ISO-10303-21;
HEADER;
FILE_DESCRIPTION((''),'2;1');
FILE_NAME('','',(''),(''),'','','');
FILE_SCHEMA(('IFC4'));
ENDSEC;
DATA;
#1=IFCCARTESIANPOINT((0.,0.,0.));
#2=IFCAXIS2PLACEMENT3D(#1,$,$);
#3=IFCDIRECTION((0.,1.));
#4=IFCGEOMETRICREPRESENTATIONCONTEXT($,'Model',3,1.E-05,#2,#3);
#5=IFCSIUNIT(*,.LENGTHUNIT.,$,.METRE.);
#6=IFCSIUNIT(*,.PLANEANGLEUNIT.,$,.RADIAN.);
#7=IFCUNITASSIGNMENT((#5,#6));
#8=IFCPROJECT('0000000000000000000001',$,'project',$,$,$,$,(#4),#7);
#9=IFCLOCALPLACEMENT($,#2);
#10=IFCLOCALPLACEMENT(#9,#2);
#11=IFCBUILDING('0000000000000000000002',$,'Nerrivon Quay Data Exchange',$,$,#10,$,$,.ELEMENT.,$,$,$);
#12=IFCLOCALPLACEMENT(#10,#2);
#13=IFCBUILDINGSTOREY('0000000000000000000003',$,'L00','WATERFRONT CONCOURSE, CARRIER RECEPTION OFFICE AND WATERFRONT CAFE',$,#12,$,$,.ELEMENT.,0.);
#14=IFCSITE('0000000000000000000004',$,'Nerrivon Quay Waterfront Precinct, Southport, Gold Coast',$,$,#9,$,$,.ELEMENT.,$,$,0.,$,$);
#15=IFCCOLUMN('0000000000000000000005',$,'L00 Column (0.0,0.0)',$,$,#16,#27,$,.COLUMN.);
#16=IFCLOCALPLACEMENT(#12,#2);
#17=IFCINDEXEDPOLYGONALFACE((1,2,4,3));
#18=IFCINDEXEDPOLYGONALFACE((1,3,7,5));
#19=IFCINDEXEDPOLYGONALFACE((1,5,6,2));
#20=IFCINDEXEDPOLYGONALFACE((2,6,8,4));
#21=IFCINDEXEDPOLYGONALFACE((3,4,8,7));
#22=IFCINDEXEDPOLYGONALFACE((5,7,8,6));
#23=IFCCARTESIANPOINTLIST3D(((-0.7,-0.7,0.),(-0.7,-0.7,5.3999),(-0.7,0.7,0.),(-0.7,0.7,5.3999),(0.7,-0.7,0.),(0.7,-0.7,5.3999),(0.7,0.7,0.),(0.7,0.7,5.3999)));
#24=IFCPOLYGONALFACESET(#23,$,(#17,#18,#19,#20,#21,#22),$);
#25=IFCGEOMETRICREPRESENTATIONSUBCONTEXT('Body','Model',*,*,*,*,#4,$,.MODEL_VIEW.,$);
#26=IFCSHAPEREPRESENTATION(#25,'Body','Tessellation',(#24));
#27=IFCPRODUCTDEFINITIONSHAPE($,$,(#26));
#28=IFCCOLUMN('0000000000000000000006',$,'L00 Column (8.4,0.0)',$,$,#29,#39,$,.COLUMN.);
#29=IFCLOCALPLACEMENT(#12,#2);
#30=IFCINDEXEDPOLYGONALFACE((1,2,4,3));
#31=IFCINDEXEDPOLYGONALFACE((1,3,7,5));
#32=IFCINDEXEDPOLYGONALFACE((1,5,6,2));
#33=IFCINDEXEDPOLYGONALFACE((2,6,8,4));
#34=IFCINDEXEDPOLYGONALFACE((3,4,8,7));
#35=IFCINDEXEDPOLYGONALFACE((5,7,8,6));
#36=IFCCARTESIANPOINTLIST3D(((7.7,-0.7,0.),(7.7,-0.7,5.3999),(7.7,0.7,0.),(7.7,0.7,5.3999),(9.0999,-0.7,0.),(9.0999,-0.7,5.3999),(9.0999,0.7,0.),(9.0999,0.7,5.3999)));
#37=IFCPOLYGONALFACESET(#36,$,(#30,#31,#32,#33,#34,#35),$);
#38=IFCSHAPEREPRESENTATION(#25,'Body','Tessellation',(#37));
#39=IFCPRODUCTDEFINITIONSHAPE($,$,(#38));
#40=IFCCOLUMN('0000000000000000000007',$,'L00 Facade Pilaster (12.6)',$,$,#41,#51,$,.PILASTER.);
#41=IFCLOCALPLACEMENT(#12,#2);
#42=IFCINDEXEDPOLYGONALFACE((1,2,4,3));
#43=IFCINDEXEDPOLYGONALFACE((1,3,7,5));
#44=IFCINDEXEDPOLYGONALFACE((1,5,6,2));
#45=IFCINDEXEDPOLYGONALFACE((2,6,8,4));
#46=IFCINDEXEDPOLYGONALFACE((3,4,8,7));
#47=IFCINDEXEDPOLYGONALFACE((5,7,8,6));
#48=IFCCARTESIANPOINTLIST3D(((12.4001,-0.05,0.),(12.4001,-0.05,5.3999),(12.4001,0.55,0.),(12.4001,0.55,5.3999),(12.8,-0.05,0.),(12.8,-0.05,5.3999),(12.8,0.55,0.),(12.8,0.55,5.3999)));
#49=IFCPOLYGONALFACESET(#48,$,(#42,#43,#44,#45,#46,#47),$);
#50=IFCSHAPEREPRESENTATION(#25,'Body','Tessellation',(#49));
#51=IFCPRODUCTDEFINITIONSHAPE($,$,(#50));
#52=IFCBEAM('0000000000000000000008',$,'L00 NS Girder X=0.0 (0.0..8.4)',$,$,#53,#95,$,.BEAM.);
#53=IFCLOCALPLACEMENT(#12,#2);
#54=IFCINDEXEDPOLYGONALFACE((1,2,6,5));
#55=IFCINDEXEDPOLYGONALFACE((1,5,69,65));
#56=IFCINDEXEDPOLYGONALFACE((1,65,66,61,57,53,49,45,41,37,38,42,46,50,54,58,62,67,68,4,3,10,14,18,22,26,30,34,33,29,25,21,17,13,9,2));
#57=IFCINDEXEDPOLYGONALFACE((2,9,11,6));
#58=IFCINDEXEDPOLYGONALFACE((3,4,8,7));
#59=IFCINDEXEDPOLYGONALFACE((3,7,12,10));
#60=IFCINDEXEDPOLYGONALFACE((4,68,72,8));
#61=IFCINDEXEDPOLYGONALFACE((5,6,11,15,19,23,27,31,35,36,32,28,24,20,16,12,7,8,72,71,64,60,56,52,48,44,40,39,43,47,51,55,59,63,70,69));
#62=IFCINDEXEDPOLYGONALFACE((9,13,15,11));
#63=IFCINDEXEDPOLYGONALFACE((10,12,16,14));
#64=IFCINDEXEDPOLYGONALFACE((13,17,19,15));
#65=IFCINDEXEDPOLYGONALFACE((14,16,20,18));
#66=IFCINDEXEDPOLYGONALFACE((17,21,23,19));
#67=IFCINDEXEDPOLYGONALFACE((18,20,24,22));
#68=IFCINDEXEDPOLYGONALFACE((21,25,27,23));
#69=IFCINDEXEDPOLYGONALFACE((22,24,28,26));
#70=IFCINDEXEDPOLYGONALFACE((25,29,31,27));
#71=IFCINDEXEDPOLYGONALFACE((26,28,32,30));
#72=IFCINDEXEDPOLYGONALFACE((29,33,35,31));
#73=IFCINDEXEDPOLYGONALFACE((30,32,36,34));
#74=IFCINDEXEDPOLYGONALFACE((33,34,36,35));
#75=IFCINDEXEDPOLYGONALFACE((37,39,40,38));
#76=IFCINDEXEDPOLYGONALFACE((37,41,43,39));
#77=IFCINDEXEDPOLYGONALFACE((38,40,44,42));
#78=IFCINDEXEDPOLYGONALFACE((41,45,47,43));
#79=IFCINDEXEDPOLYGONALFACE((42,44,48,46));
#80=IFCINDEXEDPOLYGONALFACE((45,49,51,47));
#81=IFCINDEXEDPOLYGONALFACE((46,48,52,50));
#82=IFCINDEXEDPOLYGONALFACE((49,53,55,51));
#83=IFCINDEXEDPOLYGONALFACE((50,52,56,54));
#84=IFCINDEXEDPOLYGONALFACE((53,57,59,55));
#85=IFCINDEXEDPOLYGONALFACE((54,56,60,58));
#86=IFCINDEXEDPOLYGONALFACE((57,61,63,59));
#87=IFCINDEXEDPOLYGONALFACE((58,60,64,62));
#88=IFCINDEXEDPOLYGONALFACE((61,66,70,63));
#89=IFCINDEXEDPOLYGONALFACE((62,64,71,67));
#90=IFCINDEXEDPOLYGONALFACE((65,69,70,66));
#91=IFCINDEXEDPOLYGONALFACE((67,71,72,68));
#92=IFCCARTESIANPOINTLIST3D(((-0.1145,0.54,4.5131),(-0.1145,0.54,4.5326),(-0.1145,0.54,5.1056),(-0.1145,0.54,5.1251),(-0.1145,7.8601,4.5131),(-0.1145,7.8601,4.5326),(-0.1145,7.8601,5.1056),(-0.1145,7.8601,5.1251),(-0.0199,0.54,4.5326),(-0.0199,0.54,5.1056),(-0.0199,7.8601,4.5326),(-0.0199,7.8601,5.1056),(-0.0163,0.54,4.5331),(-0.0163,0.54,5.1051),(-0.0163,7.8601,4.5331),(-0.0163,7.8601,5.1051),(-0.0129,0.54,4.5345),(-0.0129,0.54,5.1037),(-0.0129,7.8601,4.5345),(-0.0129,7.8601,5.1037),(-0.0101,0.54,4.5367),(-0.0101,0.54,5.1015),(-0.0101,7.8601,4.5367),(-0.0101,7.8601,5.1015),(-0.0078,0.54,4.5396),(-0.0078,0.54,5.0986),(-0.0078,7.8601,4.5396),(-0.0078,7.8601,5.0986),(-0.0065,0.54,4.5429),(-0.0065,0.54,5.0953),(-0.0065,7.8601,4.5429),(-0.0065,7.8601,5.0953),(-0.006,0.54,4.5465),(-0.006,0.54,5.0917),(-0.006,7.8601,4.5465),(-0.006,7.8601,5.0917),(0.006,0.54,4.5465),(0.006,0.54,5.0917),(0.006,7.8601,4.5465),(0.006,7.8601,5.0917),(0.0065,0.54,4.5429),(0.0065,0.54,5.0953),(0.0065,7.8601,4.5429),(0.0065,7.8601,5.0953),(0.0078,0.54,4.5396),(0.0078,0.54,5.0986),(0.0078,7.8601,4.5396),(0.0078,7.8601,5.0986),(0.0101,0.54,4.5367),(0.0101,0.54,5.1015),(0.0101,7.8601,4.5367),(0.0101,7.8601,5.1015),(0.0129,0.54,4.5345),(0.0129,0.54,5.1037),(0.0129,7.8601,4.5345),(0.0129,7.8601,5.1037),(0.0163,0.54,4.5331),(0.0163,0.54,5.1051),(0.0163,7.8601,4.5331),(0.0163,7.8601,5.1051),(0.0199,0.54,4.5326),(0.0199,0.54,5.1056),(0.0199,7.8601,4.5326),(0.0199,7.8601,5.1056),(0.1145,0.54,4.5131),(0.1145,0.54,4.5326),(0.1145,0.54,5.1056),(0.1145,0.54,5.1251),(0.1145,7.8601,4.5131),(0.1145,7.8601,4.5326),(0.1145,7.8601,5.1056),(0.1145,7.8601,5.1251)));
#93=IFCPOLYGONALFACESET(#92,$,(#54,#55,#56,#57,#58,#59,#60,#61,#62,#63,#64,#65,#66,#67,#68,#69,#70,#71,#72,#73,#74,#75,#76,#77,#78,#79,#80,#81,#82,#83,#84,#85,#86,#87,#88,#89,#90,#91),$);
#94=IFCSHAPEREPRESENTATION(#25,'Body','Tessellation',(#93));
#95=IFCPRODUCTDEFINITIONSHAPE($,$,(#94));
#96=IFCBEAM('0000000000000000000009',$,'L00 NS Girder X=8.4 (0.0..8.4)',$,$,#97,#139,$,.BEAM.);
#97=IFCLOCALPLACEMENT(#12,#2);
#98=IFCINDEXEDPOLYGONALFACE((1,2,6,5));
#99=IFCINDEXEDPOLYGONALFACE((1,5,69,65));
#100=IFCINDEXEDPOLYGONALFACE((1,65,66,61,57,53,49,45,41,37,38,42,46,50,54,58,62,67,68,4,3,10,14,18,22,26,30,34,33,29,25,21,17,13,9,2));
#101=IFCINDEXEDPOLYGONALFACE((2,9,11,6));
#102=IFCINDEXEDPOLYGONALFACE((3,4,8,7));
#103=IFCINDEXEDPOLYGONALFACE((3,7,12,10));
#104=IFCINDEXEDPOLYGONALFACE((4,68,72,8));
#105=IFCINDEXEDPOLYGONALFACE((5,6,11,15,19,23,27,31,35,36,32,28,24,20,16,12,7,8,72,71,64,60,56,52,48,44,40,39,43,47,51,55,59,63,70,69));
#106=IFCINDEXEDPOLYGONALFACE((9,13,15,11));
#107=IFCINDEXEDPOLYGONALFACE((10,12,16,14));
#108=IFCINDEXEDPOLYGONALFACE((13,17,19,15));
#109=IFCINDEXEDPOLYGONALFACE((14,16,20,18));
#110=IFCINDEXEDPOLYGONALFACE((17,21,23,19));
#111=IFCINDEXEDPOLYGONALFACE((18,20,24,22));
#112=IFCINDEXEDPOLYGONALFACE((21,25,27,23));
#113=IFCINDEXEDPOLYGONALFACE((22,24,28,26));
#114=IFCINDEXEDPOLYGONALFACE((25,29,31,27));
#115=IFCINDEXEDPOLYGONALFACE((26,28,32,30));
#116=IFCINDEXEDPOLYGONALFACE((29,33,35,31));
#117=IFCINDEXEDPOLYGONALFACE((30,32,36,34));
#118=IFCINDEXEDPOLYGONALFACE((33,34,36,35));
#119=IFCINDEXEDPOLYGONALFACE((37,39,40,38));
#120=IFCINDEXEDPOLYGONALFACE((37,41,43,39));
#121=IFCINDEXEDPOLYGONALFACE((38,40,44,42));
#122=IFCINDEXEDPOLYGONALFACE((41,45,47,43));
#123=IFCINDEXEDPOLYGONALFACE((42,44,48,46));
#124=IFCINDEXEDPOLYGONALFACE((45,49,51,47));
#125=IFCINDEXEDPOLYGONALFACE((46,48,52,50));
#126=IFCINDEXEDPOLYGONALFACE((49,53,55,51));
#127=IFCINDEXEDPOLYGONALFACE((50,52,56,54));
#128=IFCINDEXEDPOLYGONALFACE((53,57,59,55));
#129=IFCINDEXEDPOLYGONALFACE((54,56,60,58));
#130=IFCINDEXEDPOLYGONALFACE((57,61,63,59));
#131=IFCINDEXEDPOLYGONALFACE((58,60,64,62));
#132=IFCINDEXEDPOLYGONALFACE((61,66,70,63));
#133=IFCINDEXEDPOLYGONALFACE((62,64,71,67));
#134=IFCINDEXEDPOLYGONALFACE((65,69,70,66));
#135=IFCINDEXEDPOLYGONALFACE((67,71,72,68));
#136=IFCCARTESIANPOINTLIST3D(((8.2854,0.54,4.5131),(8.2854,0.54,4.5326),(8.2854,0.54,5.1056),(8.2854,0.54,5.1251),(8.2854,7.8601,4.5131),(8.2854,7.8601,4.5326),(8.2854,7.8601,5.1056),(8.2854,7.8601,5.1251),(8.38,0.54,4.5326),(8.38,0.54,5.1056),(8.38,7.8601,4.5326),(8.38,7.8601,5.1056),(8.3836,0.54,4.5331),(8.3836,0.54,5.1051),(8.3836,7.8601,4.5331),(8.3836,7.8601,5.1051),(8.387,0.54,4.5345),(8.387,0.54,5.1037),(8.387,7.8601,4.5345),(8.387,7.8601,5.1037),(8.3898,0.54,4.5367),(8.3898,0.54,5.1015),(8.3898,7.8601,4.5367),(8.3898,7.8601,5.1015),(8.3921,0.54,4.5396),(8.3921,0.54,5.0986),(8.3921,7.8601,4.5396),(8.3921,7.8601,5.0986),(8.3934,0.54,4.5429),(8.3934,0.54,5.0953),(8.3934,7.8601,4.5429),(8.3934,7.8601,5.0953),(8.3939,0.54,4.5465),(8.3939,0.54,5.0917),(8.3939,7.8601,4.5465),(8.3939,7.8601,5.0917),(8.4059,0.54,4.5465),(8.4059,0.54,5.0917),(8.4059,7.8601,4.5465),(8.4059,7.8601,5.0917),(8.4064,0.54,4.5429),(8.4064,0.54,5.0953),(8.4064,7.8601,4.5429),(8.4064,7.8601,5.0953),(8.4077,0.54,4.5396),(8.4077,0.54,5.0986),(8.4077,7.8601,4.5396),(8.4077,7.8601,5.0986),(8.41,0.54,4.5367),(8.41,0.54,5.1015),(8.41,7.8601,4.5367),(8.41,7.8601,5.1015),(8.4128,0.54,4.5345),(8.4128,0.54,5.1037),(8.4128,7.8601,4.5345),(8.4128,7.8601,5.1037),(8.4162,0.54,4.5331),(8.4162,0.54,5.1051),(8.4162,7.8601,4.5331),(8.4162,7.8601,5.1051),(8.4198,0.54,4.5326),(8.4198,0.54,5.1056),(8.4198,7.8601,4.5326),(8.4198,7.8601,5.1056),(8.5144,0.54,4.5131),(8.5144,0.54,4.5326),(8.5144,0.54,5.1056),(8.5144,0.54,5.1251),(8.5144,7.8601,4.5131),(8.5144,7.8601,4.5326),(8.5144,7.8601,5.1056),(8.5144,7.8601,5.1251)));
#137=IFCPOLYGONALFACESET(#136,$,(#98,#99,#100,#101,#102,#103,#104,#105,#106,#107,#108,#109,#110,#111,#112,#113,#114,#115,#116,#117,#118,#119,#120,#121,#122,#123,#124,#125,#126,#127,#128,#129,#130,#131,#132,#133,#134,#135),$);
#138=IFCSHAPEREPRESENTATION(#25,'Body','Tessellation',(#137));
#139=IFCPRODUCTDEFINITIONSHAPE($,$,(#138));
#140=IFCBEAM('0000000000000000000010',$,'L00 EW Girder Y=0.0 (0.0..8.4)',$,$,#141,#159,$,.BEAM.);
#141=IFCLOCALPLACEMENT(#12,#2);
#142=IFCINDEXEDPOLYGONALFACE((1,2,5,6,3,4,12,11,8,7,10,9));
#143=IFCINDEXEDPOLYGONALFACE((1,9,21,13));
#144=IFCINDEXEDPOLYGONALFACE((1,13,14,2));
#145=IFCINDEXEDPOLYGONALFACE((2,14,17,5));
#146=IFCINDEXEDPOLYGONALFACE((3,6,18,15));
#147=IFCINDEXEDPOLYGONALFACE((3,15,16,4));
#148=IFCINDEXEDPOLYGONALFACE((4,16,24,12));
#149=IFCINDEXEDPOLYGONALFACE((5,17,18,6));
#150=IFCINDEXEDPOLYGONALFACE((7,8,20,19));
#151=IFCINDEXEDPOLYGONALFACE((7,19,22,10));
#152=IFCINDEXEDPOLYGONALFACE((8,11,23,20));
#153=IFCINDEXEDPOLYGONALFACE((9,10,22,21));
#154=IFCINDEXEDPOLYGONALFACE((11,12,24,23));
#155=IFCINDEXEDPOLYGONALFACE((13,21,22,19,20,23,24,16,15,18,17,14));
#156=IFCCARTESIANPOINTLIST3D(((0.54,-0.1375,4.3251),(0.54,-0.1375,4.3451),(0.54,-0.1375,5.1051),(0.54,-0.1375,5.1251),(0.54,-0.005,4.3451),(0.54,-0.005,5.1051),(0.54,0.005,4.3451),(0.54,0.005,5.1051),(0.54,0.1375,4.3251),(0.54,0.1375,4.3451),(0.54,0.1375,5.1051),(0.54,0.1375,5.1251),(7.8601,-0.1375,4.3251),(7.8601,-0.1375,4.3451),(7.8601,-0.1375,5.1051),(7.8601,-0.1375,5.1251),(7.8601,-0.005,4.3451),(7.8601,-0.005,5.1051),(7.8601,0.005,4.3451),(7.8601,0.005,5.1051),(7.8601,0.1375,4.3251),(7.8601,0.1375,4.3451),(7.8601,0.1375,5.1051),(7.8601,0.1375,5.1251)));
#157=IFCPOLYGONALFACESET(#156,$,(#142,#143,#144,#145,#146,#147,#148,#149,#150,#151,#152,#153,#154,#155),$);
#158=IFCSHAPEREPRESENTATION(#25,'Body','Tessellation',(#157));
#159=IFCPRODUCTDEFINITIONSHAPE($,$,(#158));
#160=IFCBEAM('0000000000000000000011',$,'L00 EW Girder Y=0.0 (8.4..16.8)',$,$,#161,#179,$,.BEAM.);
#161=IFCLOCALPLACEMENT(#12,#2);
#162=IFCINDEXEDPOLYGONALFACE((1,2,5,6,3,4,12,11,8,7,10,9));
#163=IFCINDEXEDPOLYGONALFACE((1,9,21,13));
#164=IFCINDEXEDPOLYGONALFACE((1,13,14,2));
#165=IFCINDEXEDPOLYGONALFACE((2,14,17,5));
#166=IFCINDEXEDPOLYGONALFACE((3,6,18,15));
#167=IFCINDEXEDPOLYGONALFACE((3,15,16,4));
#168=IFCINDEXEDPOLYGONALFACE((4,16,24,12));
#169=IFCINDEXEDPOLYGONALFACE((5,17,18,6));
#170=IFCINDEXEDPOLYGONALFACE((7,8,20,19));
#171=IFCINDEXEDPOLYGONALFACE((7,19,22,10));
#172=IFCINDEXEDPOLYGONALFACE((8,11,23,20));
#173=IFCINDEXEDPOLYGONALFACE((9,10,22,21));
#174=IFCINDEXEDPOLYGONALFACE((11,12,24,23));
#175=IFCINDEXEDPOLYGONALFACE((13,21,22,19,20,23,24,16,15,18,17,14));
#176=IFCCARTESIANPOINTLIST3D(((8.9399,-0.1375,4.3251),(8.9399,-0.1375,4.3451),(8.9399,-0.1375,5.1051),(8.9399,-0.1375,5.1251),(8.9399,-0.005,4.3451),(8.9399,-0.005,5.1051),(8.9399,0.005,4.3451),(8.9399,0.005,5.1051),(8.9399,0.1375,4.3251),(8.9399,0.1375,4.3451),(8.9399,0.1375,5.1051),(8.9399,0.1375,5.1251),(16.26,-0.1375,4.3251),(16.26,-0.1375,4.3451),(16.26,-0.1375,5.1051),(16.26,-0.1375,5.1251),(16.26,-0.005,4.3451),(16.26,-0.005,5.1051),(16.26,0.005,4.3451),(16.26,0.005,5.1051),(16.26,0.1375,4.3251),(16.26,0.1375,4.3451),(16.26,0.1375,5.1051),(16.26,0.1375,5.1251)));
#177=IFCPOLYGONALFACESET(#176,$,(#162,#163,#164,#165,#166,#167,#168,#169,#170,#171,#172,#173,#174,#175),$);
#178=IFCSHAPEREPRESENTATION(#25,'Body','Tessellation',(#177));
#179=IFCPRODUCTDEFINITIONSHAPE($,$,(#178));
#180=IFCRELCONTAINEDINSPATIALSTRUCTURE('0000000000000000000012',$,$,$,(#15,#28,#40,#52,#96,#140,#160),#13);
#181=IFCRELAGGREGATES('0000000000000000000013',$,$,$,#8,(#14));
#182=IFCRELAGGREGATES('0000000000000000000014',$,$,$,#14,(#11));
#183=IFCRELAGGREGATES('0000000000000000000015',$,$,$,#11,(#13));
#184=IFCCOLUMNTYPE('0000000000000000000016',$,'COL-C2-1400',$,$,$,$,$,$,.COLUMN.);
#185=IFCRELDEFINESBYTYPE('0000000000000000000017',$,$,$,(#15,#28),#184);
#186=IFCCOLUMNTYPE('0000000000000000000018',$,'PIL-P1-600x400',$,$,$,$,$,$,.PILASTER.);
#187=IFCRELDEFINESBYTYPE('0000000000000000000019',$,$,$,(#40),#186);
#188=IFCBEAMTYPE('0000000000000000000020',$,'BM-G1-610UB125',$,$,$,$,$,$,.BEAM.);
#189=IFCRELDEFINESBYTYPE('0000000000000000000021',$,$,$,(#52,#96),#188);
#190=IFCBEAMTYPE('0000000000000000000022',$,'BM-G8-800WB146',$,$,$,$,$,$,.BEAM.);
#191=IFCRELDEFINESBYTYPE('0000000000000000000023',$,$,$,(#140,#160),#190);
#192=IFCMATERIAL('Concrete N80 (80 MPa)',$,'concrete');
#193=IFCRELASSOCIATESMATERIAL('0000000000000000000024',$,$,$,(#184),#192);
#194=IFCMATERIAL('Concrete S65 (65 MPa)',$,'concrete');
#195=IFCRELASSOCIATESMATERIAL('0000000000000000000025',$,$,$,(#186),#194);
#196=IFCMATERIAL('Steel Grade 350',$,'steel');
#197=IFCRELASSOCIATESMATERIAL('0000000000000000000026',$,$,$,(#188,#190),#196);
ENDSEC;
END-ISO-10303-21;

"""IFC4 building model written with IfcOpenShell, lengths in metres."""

from ifc_helpers import new_model, si_unit, direction, frame, origin, origin_2d, place, context, subcontext, project, spatial, rectangle, i_section, extrude, material, material_profile, profile_set, type_object, element, save


model = new_model("IFC4")

# Units and contexts
model_context = context("Model", 3, precision=1e-05, world=origin(), true_north=direction((0.0, 1.0)))
body_context = subcontext(model_context, "Body", "Model", "MODEL_VIEW")
ifc_project = project(units=[si_unit("LENGTHUNIT", "METRE"), si_unit("PLANEANGLEUNIT", "RADIAN")], contexts=[model_context])

# Site, building, storey
site_placement = place(None, origin())
site = spatial("IfcSite", under=ifc_project, at=site_placement, Name="Nerrivon Quay Waterfront Precinct, Southport, Gold Coast", CompositionType="ELEMENT", RefElevation=0.0)
building_placement = place(site_placement, origin())
building = spatial("IfcBuilding", under=site, at=building_placement, Name="Nerrivon Quay Data Exchange", CompositionType="ELEMENT")
storey_placement = place(building_placement, origin())
storey = spatial("IfcBuildingStorey", under=building, at=storey_placement, Name="L00", Description="WATERFRONT CONCOURSE, CARRIER RECEPTION OFFICE AND WATERFRONT CAFE", CompositionType="ELEMENT", Elevation=0.0)

# Columns
ifc_material_1 = material(Name="Concrete N80 (80 MPa)", Category="concrete")
ifc_material_profile_1 = material_profile(ifc_material_1, rectangle(XDim=1.3999, YDim=1.3999, at=origin_2d()), Name="RC-COL-1400x1400")
ifc_profile_set_1 = profile_set([ifc_material_profile_1], Name="Concrete N80 (80 MPa)")
column_type_1 = type_object("IfcColumnType", Name="COL-C2-1400", PredefinedType="COLUMN", material=ifc_profile_set_1)
for number, where, z_axis, x_axis, name in (
    (1, (0.0, 0.0, 0.0), (0.0, 0.0, 1.0), (1.0, 0.0, 0.0), "L00 Column (0.0,0.0)"),
    (2, (8.3999, 0.0, 0.0), (0.0, 0.0, 1.0), (1.0, 0.0, 0.0), "L00 Column (8.4,0.0)"),
):
    element("IfcColumn", number, at=place(storey_placement, frame(where, z_axis=z_axis, x_axis=x_axis)), inside=storey, type_object=column_type_1, Name=name, PredefinedType="COLUMN", context=body_context, shape_type="SweptSolid", body=[
        extrude(rectangle(XDim=1.3999, YDim=1.3999, at=origin_2d()), origin(), (0.0, 0.0, 1.0), 5.3999),
    ])
ifc_material_2 = material(Name="Concrete S65 (65 MPa)", Category="concrete")
ifc_material_profile_2 = material_profile(ifc_material_2, rectangle(XDim=0.3999, YDim=0.6001, at=origin_2d()), Name="RC-PIL-600x400")
ifc_profile_set_2 = profile_set([ifc_material_profile_2], Name="Concrete S65 (65 MPa)")
column_type_2 = type_object("IfcColumnType", Name="PIL-P1-600x400", PredefinedType="PILASTER", material=ifc_profile_set_2)
column_placement = place(storey_placement, frame((12.6001, 0.25, 0.0), z_axis=(0.0, 0.0, 1.0), x_axis=(1.0, 0.0, 0.0)))
element("IfcColumn", 3, at=column_placement, inside=storey, type_object=column_type_2, Name="L00 Facade Pilaster (12.6)", PredefinedType="PILASTER", context=body_context, shape_type="SweptSolid", body=[
    extrude(rectangle(XDim=0.3999, YDim=0.6001, at=origin_2d()), origin(), (0.0, 0.0, 1.0), 5.3999),
])

# Beams
ifc_material_3 = material(Name="Steel Grade 350", Category="steel")
ifc_material_profile_3 = material_profile(ifc_material_3, i_section(OverallWidth=0.229, OverallDepth=0.6121, WebThickness=0.012, FlangeThickness=0.0195, FilletRadius=0.0139, at=origin_2d()), Name="610UB125")
ifc_profile_set_3 = profile_set([ifc_material_profile_3], Name="Steel Grade 350")
beam_type_1 = type_object("IfcBeamType", Name="BM-G1-610UB125", PredefinedType="BEAM", material=ifc_profile_set_3)
for number, where, z_axis, x_axis, name in (
    (4, (0.0, 0.54, 4.8191), (0.0, 1.0, 0.0), (-1.0, 0.0, 0.0), "L00 NS Girder X=0.0 (0.0..8.4)"),
    (5, (8.3999, 0.54, 4.8191), (0.0, 1.0, 0.0), (-1.0, 0.0, 0.0), "L00 NS Girder X=8.4 (0.0..8.4)"),
):
    element("IfcBeam", number, at=place(storey_placement, frame(where, z_axis=z_axis, x_axis=x_axis)), inside=storey, type_object=beam_type_1, Name=name, PredefinedType="BEAM", context=body_context, shape_type="SweptSolid", body=[
        extrude(i_section(OverallWidth=0.229, OverallDepth=0.6121, WebThickness=0.012, FlangeThickness=0.0195, FilletRadius=0.0139, at=origin_2d()), origin(), (0.0, 0.0, 1.0), 7.3201),
    ])
ifc_material_profile_4 = material_profile(ifc_material_3, i_section(OverallWidth=0.2749, OverallDepth=0.8, WebThickness=0.01, FlangeThickness=0.02, at=origin_2d()), Name="800WB146")
ifc_profile_set_4 = profile_set([ifc_material_profile_4], Name="Steel Grade 350")
beam_type_2 = type_object("IfcBeamType", Name="BM-G8-800WB146", PredefinedType="BEAM", material=ifc_profile_set_4)
for number, where, z_axis, x_axis, name in (
    (6, (0.54, 0.0, 4.7251), (1.0, 0.0, 0.0), (0.0, 1.0, 0.0), "L00 EW Girder Y=0.0 (0.0..8.4)"),
    (7, (8.9399, 0.0, 4.7251), (1.0, 0.0, 0.0), (0.0, 1.0, 0.0), "L00 EW Girder Y=0.0 (8.4..16.8)"),
):
    element("IfcBeam", number, at=place(storey_placement, frame(where, z_axis=z_axis, x_axis=x_axis)), inside=storey, type_object=beam_type_2, Name=name, PredefinedType="BEAM", context=body_context, shape_type="SweptSolid", body=[
        extrude(i_section(OverallWidth=0.2749, OverallDepth=0.8, WebThickness=0.01, FlangeThickness=0.02, at=origin_2d()), origin(), (0.0, 0.0, 1.0), 7.3201),
    ])

save(model, "model.ifc")
